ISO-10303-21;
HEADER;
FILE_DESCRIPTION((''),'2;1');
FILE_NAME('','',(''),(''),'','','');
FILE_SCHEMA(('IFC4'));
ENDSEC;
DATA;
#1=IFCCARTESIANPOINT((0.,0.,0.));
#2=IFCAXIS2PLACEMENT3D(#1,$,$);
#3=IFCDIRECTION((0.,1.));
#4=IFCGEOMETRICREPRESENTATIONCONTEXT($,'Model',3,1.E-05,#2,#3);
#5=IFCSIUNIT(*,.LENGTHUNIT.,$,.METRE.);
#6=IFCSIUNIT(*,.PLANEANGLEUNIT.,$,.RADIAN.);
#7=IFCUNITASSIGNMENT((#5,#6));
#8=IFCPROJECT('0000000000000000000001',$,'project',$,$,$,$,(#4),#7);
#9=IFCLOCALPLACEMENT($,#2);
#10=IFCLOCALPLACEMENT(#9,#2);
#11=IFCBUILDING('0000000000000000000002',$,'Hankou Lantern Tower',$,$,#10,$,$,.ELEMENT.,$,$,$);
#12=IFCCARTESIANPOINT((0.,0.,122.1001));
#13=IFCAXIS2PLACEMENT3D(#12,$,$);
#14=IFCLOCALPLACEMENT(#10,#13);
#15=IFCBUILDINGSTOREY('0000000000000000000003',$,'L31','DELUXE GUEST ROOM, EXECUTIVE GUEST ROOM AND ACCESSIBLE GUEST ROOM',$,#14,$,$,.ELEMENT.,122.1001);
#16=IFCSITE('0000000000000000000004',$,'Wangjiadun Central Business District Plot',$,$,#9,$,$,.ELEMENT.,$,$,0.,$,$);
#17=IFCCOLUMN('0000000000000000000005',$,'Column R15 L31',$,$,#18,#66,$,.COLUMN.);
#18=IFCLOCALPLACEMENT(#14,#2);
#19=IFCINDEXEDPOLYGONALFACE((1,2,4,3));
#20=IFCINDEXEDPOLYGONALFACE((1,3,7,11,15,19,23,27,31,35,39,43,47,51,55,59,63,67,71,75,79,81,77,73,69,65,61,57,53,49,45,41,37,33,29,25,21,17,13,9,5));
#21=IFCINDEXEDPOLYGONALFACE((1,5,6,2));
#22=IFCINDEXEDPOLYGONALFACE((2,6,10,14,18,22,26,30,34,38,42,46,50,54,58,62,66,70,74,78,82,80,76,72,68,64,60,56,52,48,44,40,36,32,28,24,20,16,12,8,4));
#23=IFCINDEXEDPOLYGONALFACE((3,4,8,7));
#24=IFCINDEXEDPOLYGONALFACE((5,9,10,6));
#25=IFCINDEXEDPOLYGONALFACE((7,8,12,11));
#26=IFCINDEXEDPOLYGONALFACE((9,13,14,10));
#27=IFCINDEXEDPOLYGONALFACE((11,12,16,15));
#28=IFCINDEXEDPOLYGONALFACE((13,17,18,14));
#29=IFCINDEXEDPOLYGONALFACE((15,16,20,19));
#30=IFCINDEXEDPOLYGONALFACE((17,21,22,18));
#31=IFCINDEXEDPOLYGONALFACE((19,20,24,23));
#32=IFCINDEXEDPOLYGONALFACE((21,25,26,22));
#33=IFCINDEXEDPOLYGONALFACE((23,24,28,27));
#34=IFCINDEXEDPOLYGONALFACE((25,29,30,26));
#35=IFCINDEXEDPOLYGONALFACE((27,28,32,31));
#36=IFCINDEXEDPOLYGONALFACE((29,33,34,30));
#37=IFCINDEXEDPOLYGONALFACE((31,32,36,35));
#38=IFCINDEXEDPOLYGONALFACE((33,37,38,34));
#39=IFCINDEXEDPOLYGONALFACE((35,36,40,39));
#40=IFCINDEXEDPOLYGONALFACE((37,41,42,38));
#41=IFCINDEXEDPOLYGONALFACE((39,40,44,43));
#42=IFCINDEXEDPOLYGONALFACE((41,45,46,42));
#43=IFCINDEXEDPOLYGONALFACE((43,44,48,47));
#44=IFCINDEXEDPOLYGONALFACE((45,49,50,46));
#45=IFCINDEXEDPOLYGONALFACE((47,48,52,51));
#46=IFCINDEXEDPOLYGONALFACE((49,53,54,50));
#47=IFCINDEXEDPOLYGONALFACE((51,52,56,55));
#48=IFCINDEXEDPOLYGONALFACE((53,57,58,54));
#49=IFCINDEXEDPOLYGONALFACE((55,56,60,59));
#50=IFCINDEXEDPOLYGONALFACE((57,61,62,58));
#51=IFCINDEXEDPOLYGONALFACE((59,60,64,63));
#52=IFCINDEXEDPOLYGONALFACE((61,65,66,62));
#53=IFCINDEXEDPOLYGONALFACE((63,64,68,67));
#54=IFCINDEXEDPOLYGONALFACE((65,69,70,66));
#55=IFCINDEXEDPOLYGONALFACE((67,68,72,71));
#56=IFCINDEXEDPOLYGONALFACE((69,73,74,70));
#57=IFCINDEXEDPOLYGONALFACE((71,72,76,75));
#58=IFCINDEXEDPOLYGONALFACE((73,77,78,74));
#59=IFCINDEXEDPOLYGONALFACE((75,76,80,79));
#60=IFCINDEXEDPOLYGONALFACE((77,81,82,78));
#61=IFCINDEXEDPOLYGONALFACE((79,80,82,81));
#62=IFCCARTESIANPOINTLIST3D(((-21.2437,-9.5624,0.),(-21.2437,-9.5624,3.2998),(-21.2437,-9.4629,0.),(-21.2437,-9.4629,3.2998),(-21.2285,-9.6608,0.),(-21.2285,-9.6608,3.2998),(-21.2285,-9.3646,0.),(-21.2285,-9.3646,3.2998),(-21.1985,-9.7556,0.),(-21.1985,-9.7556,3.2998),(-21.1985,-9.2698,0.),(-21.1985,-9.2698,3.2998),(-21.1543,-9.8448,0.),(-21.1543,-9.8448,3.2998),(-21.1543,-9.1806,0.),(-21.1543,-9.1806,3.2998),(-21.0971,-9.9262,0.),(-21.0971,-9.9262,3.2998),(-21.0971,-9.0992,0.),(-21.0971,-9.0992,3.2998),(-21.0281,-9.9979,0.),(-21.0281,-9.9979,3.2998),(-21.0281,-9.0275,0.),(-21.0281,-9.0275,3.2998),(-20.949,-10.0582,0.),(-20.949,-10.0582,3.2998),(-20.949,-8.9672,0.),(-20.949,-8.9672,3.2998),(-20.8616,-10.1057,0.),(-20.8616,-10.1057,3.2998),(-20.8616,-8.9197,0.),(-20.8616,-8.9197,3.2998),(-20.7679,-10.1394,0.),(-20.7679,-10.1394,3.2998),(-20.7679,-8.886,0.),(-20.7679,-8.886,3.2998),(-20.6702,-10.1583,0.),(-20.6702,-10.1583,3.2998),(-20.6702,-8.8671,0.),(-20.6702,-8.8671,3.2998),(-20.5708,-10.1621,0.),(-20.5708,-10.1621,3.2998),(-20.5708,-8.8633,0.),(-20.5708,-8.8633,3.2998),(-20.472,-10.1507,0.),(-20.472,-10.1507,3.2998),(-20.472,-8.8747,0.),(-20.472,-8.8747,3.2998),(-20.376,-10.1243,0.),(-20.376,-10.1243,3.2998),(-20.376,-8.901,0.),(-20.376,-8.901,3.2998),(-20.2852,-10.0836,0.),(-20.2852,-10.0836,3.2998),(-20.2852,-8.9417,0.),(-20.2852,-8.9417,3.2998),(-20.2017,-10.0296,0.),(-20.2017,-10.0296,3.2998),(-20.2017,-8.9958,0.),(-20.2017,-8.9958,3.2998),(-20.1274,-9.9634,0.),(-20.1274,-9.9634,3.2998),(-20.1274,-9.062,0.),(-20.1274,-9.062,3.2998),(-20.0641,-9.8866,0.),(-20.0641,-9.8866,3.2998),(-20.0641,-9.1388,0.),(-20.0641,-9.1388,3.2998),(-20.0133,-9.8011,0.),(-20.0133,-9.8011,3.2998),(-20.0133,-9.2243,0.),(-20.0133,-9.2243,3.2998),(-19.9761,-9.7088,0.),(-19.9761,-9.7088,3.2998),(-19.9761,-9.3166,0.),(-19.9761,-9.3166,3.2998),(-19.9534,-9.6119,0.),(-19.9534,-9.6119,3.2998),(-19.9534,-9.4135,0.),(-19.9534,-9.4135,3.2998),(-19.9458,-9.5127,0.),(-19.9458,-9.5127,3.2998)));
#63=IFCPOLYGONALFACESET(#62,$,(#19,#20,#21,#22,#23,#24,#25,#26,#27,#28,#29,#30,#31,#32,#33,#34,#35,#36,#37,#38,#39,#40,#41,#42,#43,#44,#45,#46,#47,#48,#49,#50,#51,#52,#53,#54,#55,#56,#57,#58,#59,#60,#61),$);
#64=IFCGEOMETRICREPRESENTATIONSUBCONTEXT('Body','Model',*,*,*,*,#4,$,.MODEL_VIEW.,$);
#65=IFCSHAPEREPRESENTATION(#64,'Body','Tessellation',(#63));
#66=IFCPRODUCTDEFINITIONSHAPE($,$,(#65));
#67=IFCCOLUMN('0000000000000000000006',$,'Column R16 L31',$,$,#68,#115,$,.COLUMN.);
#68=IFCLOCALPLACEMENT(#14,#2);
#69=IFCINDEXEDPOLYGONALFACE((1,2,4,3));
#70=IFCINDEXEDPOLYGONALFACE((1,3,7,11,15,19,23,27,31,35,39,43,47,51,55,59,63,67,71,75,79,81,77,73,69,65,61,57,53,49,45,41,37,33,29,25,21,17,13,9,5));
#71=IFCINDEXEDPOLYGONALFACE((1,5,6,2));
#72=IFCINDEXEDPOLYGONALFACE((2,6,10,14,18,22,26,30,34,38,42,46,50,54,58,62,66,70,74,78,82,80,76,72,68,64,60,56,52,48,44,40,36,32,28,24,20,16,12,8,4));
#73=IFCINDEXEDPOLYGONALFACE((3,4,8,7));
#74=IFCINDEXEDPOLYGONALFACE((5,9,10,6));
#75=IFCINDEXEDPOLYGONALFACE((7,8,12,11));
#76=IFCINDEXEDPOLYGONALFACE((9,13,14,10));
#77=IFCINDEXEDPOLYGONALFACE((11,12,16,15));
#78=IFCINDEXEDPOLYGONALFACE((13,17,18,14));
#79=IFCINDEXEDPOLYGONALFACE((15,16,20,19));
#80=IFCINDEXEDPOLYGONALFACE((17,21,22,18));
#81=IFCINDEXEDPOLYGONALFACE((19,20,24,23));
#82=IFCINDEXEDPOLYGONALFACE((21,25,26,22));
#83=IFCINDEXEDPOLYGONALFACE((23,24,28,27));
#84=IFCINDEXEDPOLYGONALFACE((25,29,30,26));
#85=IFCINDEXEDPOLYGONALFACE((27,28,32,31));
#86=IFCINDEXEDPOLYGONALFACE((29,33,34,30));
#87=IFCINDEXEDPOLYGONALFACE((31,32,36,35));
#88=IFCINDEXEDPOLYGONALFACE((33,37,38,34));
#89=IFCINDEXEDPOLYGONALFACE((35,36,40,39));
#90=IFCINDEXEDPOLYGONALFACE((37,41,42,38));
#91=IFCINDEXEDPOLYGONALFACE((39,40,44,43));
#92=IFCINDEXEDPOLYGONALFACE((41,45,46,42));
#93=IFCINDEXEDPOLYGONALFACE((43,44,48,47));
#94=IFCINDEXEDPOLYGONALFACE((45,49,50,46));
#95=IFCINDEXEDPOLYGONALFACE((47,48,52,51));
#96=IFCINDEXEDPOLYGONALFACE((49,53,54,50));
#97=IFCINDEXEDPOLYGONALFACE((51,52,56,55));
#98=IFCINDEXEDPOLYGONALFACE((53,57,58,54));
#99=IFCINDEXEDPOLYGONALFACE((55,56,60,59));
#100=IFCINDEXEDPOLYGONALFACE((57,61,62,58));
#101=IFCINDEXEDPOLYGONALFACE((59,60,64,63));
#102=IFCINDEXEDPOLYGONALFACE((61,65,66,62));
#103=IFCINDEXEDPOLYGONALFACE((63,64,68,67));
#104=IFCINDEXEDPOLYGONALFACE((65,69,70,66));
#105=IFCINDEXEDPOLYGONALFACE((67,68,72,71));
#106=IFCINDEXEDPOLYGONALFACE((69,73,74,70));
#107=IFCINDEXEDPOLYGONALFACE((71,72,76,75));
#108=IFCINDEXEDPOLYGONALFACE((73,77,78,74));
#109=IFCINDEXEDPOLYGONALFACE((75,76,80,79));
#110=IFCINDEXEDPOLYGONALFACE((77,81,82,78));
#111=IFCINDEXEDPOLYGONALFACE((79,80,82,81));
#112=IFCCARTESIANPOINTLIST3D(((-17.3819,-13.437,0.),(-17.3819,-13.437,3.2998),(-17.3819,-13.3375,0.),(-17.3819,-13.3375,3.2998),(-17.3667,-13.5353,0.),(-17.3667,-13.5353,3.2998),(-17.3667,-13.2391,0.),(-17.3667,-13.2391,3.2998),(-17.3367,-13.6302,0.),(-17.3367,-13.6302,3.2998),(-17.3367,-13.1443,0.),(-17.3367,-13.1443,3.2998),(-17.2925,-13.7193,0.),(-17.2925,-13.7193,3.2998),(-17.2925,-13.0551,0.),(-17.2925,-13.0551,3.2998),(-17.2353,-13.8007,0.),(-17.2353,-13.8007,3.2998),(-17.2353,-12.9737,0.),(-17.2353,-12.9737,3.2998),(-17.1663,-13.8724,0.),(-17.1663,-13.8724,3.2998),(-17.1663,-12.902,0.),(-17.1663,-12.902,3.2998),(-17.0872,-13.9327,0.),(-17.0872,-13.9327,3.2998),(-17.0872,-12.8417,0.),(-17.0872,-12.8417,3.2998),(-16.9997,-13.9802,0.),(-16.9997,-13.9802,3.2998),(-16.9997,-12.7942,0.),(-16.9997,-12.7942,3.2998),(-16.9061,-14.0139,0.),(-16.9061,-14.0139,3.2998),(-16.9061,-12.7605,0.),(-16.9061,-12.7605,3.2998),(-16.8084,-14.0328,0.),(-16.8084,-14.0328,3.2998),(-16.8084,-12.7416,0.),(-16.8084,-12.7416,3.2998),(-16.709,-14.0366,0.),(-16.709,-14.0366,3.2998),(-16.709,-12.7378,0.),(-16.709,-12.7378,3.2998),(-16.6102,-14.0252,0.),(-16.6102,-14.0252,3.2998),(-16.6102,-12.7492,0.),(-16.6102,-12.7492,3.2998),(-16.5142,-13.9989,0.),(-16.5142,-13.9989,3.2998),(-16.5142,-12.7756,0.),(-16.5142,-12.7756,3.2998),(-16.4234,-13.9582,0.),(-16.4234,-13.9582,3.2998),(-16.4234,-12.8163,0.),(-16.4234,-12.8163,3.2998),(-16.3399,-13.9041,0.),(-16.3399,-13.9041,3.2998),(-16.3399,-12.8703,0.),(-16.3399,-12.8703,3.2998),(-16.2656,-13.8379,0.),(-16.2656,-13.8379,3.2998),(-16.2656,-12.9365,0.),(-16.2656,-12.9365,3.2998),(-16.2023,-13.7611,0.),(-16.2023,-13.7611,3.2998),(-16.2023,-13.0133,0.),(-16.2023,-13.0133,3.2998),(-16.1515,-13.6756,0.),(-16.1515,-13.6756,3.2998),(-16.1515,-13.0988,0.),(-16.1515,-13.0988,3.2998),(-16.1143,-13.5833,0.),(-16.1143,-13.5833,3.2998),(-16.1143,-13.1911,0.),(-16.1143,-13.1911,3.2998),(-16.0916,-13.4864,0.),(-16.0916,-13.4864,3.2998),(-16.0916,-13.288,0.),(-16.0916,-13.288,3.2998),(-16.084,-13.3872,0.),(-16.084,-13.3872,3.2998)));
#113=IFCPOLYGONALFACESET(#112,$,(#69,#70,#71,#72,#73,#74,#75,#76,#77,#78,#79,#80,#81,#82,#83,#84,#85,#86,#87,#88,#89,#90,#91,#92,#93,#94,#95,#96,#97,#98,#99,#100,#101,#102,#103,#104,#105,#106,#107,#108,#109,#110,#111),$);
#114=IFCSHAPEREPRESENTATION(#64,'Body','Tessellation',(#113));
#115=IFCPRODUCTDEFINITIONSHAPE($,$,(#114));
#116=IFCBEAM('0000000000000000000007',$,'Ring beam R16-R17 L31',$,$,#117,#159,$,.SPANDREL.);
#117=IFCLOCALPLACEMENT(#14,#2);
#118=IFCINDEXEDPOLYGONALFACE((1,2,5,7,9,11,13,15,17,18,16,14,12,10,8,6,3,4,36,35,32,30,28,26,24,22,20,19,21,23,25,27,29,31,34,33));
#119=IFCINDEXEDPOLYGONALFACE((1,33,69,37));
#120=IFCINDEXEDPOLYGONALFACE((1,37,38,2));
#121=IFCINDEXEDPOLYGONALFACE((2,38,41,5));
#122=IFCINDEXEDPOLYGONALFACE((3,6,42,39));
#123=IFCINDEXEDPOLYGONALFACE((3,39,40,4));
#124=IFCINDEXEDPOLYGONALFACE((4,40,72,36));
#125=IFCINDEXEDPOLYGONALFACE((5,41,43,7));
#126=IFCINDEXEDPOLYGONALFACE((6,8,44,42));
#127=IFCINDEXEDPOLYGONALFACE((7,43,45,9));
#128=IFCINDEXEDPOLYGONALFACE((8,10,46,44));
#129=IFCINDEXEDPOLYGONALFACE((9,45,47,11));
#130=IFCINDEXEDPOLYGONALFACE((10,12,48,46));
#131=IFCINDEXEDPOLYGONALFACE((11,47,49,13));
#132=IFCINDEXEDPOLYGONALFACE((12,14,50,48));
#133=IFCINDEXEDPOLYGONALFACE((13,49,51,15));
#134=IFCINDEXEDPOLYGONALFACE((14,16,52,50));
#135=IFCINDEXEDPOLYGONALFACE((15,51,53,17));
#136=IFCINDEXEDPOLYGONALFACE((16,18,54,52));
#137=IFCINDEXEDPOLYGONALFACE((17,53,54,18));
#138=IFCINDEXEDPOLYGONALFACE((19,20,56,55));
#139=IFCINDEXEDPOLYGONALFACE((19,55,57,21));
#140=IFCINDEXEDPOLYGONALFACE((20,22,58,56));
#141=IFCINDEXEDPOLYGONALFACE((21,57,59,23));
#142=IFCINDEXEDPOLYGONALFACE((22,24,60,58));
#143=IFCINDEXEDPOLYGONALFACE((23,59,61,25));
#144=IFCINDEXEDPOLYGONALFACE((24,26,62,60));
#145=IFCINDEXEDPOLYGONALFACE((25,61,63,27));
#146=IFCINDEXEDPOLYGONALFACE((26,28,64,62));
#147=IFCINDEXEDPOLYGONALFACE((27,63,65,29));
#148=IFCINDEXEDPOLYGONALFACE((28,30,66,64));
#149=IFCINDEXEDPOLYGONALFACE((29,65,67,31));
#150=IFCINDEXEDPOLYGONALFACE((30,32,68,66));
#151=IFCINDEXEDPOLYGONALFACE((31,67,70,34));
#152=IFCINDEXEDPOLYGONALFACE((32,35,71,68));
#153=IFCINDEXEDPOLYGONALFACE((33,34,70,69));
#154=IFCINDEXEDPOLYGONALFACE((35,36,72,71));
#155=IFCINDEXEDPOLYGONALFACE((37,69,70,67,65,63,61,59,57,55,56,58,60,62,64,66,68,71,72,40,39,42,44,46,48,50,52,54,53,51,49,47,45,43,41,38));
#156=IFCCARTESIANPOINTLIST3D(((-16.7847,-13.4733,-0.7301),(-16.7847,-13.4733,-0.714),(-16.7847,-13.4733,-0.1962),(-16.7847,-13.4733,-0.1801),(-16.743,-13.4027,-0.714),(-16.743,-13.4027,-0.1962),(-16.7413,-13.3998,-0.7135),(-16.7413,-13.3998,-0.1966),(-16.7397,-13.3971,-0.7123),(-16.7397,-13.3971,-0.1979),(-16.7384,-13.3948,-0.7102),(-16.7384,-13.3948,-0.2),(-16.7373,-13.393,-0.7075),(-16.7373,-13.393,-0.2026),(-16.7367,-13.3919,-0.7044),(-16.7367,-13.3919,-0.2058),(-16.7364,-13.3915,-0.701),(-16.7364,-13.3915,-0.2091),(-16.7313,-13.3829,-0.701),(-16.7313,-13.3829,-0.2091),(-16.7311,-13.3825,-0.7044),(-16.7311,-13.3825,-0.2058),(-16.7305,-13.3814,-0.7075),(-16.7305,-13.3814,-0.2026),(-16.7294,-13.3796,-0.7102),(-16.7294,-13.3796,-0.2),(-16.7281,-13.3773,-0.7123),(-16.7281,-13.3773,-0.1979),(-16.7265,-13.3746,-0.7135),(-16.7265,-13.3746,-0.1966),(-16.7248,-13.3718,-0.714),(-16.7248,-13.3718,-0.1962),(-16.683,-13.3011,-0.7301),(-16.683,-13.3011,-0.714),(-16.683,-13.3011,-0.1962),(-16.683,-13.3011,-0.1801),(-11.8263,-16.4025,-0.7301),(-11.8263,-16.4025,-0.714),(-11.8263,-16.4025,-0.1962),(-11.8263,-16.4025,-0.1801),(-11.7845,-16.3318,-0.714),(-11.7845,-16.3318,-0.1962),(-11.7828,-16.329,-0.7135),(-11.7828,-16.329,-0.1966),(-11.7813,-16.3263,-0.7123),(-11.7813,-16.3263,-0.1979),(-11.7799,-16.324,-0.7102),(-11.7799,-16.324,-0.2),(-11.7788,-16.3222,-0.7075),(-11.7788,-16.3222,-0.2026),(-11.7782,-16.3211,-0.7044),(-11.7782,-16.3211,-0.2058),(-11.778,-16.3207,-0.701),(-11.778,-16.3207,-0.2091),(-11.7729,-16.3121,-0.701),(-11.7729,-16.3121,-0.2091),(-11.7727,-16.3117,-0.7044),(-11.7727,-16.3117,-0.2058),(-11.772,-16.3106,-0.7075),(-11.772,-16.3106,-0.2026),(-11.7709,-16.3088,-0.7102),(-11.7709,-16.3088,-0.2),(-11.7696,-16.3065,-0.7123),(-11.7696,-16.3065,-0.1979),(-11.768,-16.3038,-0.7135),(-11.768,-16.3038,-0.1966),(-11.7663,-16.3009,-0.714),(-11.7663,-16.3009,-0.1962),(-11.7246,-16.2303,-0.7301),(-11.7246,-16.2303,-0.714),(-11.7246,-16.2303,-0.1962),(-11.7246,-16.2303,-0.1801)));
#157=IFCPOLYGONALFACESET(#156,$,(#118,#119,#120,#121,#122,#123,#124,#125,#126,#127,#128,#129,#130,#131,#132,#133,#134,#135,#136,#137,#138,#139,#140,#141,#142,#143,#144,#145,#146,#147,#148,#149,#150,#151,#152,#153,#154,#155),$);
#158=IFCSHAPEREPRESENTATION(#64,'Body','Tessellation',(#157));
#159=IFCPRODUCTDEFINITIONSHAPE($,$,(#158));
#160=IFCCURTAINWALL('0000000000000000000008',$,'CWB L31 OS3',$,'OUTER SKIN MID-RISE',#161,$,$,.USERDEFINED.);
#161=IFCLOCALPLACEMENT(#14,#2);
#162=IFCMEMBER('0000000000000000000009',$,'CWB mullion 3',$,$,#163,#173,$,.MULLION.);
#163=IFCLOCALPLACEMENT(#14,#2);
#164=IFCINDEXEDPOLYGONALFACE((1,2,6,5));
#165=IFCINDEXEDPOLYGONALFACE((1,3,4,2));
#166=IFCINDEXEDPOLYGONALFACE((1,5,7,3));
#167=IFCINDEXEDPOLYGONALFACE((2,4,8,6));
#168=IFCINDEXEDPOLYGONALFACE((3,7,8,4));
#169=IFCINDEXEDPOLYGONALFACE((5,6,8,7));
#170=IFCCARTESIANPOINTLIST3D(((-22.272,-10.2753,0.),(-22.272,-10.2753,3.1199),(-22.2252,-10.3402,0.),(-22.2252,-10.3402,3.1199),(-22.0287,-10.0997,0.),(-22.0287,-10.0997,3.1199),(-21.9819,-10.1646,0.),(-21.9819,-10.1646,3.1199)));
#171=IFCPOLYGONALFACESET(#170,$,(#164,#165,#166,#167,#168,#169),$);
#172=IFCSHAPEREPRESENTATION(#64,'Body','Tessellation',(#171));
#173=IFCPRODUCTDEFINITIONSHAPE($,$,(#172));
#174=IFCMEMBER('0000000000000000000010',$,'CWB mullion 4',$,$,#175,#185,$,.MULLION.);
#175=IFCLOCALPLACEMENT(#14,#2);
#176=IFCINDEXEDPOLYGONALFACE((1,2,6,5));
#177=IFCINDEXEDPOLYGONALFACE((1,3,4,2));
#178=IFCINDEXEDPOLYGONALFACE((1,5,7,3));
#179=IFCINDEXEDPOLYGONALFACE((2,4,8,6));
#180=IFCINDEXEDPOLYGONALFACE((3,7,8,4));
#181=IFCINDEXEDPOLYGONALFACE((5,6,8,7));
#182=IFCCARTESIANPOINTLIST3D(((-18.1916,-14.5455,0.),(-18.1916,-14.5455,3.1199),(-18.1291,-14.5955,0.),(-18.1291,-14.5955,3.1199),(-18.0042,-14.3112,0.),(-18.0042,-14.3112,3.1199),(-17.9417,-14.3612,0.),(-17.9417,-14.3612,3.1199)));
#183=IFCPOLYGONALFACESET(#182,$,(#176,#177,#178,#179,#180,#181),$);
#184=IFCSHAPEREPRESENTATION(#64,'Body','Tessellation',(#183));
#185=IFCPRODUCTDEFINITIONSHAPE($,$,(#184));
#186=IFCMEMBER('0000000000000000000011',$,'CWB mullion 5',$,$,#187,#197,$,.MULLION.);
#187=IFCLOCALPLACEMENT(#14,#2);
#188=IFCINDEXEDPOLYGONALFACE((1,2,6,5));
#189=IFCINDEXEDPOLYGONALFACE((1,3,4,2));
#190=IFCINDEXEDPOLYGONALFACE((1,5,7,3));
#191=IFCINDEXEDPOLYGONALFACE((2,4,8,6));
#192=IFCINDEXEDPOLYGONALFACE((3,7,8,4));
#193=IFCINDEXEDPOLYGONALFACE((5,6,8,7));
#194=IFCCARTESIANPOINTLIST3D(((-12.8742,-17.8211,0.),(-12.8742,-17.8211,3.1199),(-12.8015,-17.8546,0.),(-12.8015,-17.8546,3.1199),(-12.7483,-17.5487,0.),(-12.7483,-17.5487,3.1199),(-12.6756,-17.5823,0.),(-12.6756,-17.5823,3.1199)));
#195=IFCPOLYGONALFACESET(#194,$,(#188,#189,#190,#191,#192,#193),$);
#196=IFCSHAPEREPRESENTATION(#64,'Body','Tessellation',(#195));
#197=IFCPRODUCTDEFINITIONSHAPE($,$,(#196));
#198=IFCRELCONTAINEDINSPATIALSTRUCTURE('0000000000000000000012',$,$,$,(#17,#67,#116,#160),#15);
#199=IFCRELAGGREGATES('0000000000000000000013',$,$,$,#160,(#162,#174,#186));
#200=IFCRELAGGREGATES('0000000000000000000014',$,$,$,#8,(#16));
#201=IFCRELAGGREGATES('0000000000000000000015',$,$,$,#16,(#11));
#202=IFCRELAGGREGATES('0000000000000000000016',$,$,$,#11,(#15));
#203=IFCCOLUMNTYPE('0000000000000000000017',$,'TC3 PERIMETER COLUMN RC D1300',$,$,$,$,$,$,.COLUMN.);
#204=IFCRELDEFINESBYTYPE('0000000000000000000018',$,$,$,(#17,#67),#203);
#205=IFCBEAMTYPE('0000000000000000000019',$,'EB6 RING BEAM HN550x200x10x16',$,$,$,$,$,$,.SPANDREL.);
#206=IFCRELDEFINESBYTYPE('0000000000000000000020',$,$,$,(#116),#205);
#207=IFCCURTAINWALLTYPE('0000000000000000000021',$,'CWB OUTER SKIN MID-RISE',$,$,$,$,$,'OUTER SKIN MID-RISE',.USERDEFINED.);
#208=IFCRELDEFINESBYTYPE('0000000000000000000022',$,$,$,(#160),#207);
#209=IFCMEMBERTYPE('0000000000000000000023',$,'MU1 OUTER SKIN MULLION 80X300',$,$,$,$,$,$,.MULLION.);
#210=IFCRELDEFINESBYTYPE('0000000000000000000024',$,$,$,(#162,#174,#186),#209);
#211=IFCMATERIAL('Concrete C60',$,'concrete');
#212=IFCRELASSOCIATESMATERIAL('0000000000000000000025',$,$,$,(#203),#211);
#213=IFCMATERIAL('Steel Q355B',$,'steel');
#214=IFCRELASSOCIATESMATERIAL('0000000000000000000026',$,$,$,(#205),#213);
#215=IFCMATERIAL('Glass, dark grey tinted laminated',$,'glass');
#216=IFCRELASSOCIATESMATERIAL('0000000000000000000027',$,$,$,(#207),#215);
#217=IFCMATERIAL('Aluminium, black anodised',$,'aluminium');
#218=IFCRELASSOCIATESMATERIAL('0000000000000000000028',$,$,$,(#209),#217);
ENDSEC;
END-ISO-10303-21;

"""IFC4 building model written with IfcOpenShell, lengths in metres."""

from ifc_helpers import new_model, si_unit, direction, frame, origin, origin_2d, place, context, subcontext, project, spatial, rectangle, circle, i_section, extrude, material, material_profile, profile_set, type_object, element, aggregate, save


model = new_model("IFC4")

# Units and contexts
model_context = context("Model", 3, precision=1e-05, world=origin(), true_north=direction((0.0, 1.0)))
body_context = subcontext(model_context, "Body", "Model", "MODEL_VIEW")
ifc_project = project(units=[si_unit("LENGTHUNIT", "METRE"), si_unit("PLANEANGLEUNIT", "RADIAN")], contexts=[model_context])

# Site, building, storey
site_placement = place(None, origin())
site = spatial("IfcSite", under=ifc_project, at=site_placement, Name="Wangjiadun Central Business District Plot", CompositionType="ELEMENT", RefElevation=0.0)
building_placement = place(site_placement, origin())
building = spatial("IfcBuilding", under=site, at=building_placement, Name="Hankou Lantern Tower", CompositionType="ELEMENT")
storey_placement = place(building_placement, frame((0.0, 0.0, 122.1001)))
storey = spatial("IfcBuildingStorey", under=building, at=storey_placement, Name="L31", Description="DELUXE GUEST ROOM, EXECUTIVE GUEST ROOM AND ACCESSIBLE GUEST ROOM", CompositionType="ELEMENT", Elevation=122.1001)

# Columns
ifc_material_1 = material(Name="Concrete C60", Category="concrete")
ifc_material_profile_1 = material_profile(ifc_material_1, circle(Radius=0.6499, at=origin_2d()), Name="RC D1300")
ifc_profile_set_1 = profile_set([ifc_material_profile_1], Name="Concrete C60")
column_type = type_object("IfcColumnType", Name="TC3 PERIMETER COLUMN RC D1300", PredefinedType="COLUMN", material=ifc_profile_set_1)
for number, where, z_axis, x_axis, name in (
    (1, (-20.5957, -9.5127, 0.0), (0.0, 0.0, 1.0), (1.0, 0.0, 0.0), "Column R15 L31"),
    (2, (-16.7339, -13.3872, 0.0), (0.0, 0.0, 1.0), (1.0, 0.0, 0.0), "Column R16 L31"),
):
    element("IfcColumn", number, at=place(storey_placement, frame(where, z_axis=z_axis, x_axis=x_axis)), inside=storey, type_object=column_type, Name=name, PredefinedType="COLUMN", context=body_context, shape_type="SweptSolid", body=[
        extrude(circle(Radius=0.6499, at=origin_2d()), origin(), (0.0, 0.0, 1.0), 3.2998),
    ])

# Beam
ifc_material_2 = material(Name="Steel Q355B", Category="steel")
ifc_material_profile_2 = material_profile(ifc_material_2, i_section(OverallWidth=0.2, OverallDepth=0.55, WebThickness=0.01, FlangeThickness=0.0161, FilletRadius=0.0129, at=origin_2d()), Name="HN550x200x10x16")
ifc_profile_set_2 = profile_set([ifc_material_profile_2], Name="Steel Q355B")
beam_type_1 = type_object("IfcBeamType", Name="EB6 RING BEAM HN550x200x10x16", PredefinedType="SPANDREL", material=ifc_profile_set_2)
beam_1_placement = place(storey_placement, frame((-16.7339, -13.3872, -0.4551), z_axis=(0.860989, -0.508624, 0.0), x_axis=(0.508624, 0.860989, 0.0)))
element("IfcBeam", 3, at=beam_1_placement, inside=storey, type_object=beam_type_1, Name="Ring beam R16-R17 L31", PredefinedType="SPANDREL", context=body_context, shape_type="SweptSolid", body=[
    extrude(i_section(OverallWidth=0.2, OverallDepth=0.55, WebThickness=0.01, FlangeThickness=0.0161, FilletRadius=0.0129, at=origin_2d()), origin(), (0.0, 0.0, 1.0), 5.759),
])

# Curtain wall, members
ifc_material_3 = material(Name="Glass, dark grey tinted laminated", Category="glass")
curtain_wall_type = type_object("IfcCurtainWallType", Name="CWB OUTER SKIN MID-RISE", ElementType="OUTER SKIN MID-RISE", PredefinedType="USERDEFINED", material=ifc_material_3)
curtain_wall_placement = place(storey_placement, origin())
curtain_wall = element("IfcCurtainWall", 4, at=curtain_wall_placement, inside=storey, type_object=curtain_wall_type, Name="CWB L31 OS3", ObjectType="OUTER SKIN MID-RISE", PredefinedType="USERDEFINED")
ifc_material_4 = material(Name="Aluminium, black anodised", Category="aluminium")
ifc_material_profile_3 = material_profile(ifc_material_4, rectangle(XDim=0.0801, YDim=0.3, at=origin_2d()), Name="MU1 80X300")
ifc_profile_set_3 = profile_set([ifc_material_profile_3], Name="Aluminium, black anodised")
member_type_1 = type_object("IfcMemberType", Name="MU1 OUTER SKIN MULLION 80X300", PredefinedType="MULLION", material=ifc_profile_set_3)
member_1_placement = place(storey_placement, frame((-22.127, -10.22, 0.0), z_axis=(0.0, 0.0, 1.0), x_axis=(0.585206, -0.810885, 0.0)))
member_1 = element("IfcMember", 5, at=member_1_placement, type_object=member_type_1, Name="CWB mullion 3", PredefinedType="MULLION", context=body_context, shape_type="SweptSolid", body=[
    extrude(rectangle(XDim=0.0801, YDim=0.3, at=origin_2d()), origin(), (0.0, 0.0, 1.0), 3.1199),
])
member_2_placement = place(storey_placement, frame((-18.0667, -14.4534, 0.0), z_axis=(0.0, 0.0, 1.0), x_axis=(0.780869, -0.624695, 0.0)))
member_2 = element("IfcMember", 6, at=member_2_placement, type_object=member_type_1, Name="CWB mullion 4", PredefinedType="MULLION", context=body_context, shape_type="SweptSolid", body=[
    extrude(rectangle(XDim=0.0801, YDim=0.3, at=origin_2d()), origin(), (0.0, 0.0, 1.0), 3.1199),
])
member_3_placement = place(storey_placement, frame((-12.7749, -17.7017, 0.0), z_axis=(0.0, 0.0, 1.0), x_axis=(0.907841, -0.419314, 0.0)))
member_3 = element("IfcMember", 7, at=member_3_placement, type_object=member_type_1, Name="CWB mullion 5", PredefinedType="MULLION", context=body_context, shape_type="SweptSolid", body=[
    extrude(rectangle(XDim=0.0801, YDim=0.3, at=origin_2d()), origin(), (0.0, 0.0, 1.0), 3.1199),
])

aggregate(curtain_wall, [member_1, member_2, member_3])

save(model, "model.ifc")
